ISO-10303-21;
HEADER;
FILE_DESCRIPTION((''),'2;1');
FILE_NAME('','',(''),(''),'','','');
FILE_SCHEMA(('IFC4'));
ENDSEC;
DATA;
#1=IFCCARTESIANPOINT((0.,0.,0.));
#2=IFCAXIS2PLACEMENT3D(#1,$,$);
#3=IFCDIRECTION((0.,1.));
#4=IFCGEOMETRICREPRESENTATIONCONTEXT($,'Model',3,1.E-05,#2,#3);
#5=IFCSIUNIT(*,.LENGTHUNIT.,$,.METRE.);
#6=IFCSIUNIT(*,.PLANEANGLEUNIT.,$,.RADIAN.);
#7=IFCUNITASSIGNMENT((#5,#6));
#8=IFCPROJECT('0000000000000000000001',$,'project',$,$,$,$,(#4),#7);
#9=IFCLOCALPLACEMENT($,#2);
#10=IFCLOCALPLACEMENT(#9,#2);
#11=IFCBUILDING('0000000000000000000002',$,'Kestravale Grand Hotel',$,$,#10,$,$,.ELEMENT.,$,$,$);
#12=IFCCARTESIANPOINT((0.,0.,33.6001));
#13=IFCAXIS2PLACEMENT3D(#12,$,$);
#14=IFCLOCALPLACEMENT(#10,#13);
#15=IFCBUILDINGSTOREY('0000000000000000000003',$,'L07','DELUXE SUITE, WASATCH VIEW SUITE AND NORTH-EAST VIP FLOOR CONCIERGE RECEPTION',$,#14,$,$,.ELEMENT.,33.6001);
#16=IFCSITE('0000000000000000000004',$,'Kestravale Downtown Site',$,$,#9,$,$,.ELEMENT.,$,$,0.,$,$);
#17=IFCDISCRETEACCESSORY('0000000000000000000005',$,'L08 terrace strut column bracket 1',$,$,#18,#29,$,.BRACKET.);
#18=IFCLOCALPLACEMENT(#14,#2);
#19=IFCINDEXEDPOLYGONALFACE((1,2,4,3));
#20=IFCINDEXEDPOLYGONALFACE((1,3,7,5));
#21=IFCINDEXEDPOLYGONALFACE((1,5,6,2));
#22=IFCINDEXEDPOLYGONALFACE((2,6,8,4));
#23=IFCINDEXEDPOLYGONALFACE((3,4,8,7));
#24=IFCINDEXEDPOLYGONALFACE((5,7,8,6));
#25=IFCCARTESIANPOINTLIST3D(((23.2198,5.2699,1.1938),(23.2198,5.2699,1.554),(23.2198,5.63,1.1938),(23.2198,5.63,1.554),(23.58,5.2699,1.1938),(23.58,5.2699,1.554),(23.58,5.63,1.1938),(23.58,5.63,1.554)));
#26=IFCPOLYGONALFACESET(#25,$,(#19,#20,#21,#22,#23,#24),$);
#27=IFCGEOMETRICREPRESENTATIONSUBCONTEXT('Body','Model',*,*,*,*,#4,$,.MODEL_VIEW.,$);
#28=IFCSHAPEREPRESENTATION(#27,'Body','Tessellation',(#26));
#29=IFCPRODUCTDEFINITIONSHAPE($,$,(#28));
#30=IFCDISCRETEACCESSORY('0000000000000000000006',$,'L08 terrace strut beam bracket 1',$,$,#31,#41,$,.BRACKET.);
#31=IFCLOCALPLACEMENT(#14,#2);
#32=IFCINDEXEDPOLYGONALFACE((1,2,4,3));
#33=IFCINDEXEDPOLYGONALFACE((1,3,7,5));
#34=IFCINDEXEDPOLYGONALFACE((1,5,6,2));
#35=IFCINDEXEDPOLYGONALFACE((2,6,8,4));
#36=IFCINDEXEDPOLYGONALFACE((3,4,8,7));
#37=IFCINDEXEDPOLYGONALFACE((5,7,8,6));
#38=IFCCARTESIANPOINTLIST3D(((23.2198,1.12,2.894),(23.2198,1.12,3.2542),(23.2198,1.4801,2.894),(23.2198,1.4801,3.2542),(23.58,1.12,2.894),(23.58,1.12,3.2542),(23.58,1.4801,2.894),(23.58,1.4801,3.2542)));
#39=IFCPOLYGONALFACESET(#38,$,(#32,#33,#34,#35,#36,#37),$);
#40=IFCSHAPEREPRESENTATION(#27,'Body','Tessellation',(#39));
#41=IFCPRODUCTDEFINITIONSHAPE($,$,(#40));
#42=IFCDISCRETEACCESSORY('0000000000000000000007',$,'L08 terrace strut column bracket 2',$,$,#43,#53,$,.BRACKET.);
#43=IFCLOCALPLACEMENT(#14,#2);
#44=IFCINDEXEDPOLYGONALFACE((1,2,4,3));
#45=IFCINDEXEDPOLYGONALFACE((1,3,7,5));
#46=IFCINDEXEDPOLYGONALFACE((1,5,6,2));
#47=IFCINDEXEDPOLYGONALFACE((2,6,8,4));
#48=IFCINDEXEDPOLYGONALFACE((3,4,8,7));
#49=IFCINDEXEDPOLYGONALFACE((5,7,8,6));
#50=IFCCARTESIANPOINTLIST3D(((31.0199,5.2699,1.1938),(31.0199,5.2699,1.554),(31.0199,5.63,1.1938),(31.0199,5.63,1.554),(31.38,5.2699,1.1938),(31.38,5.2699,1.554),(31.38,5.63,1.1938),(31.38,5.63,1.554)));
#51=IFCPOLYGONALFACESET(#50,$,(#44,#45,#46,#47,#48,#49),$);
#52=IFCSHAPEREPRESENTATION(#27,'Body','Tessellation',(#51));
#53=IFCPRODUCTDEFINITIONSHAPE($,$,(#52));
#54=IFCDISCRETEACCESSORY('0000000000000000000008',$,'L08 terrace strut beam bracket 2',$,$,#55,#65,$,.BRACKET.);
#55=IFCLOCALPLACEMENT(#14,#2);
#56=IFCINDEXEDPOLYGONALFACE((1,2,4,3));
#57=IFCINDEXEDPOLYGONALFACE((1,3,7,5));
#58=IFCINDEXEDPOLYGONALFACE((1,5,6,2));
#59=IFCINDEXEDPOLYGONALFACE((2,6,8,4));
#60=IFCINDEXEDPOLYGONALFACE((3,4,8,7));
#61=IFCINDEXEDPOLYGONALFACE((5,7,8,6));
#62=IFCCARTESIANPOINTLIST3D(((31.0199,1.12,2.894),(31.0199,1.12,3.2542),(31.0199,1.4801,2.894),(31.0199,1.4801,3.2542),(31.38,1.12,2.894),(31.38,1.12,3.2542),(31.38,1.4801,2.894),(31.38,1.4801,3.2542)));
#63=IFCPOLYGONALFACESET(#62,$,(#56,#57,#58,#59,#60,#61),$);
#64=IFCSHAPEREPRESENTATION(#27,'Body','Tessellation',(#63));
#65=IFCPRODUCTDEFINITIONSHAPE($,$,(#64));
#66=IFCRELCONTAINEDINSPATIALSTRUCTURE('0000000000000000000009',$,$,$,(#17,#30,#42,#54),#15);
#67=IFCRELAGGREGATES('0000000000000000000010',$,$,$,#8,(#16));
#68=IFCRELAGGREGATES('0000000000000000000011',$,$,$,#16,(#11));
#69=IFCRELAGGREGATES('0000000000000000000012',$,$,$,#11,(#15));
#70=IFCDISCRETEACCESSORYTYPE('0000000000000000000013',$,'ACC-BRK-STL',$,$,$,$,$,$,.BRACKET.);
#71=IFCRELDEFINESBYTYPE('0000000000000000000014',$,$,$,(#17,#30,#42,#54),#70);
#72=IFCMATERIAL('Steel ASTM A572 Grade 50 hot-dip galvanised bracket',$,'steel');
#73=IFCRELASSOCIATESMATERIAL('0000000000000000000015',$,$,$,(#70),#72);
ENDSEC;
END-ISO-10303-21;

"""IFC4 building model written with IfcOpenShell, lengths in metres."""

from ifc_helpers import new_model, si_unit, direction, frame, origin, origin_2d, place, context, subcontext, project, spatial, rectangle, extrude, material, type_object, element, save


model = new_model("IFC4")

# Units and contexts
model_context = context("Model", 3, precision=1e-05, world=origin(), true_north=direction((0.0, 1.0)))
body_context = subcontext(model_context, "Body", "Model", "MODEL_VIEW")
ifc_project = project(units=[si_unit("LENGTHUNIT", "METRE"), si_unit("PLANEANGLEUNIT", "RADIAN")], contexts=[model_context])

# Site, building, storey
site_placement = place(None, origin())
site = spatial("IfcSite", under=ifc_project, at=site_placement, Name="Kestravale Downtown Site", CompositionType="ELEMENT", RefElevation=0.0)
building_placement = place(site_placement, origin())
building = spatial("IfcBuilding", under=site, at=building_placement, Name="Kestravale Grand Hotel", CompositionType="ELEMENT")
storey_placement = place(building_placement, frame((0.0, 0.0, 33.6001)))
storey = spatial("IfcBuildingStorey", under=building, at=storey_placement, Name="L07", Description="DELUXE SUITE, WASATCH VIEW SUITE AND NORTH-EAST VIP FLOOR CONCIERGE RECEPTION", CompositionType="ELEMENT", Elevation=33.6001)

# Discrete accessories
ifc_material_1 = material(Name="Steel ASTM A572 Grade 50 hot-dip galvanised bracket", Category="steel")
discrete_accessory_type = type_object("IfcDiscreteAccessoryType", Name="ACC-BRK-STL", PredefinedType="BRACKET", material=ifc_material_1)
for number, where, z_axis, x_axis, name in (
    (1, (23.3999, 5.45, 1.1938), (0.0, 0.0, 1.0), (1.0, 0.0, 0.0), "L08 terrace strut column bracket 1"),
    (2, (23.3999, 1.3, 2.894), (0.0, 0.0, 1.0), (1.0, 0.0, 0.0), "L08 terrace strut beam bracket 1"),
    (3, (31.2, 5.45, 1.1938), (0.0, 0.0, 1.0), (1.0, 0.0, 0.0), "L08 terrace strut column bracket 2"),
    (4, (31.2, 1.3, 2.894), (0.0, 0.0, 1.0), (1.0, 0.0, 0.0), "L08 terrace strut beam bracket 2"),
):
    element("IfcDiscreteAccessory", number, at=place(storey_placement, frame(where, z_axis=z_axis, x_axis=x_axis)), inside=storey, type_object=discrete_accessory_type, Name=name, PredefinedType="BRACKET", context=body_context, shape_type="SweptSolid", body=[
        extrude(rectangle(XDim=0.3601, YDim=0.3601, at=origin_2d()), origin(), (0.0, 0.0, 1.0), 0.3601),
    ])

save(model, "model.ifc")
